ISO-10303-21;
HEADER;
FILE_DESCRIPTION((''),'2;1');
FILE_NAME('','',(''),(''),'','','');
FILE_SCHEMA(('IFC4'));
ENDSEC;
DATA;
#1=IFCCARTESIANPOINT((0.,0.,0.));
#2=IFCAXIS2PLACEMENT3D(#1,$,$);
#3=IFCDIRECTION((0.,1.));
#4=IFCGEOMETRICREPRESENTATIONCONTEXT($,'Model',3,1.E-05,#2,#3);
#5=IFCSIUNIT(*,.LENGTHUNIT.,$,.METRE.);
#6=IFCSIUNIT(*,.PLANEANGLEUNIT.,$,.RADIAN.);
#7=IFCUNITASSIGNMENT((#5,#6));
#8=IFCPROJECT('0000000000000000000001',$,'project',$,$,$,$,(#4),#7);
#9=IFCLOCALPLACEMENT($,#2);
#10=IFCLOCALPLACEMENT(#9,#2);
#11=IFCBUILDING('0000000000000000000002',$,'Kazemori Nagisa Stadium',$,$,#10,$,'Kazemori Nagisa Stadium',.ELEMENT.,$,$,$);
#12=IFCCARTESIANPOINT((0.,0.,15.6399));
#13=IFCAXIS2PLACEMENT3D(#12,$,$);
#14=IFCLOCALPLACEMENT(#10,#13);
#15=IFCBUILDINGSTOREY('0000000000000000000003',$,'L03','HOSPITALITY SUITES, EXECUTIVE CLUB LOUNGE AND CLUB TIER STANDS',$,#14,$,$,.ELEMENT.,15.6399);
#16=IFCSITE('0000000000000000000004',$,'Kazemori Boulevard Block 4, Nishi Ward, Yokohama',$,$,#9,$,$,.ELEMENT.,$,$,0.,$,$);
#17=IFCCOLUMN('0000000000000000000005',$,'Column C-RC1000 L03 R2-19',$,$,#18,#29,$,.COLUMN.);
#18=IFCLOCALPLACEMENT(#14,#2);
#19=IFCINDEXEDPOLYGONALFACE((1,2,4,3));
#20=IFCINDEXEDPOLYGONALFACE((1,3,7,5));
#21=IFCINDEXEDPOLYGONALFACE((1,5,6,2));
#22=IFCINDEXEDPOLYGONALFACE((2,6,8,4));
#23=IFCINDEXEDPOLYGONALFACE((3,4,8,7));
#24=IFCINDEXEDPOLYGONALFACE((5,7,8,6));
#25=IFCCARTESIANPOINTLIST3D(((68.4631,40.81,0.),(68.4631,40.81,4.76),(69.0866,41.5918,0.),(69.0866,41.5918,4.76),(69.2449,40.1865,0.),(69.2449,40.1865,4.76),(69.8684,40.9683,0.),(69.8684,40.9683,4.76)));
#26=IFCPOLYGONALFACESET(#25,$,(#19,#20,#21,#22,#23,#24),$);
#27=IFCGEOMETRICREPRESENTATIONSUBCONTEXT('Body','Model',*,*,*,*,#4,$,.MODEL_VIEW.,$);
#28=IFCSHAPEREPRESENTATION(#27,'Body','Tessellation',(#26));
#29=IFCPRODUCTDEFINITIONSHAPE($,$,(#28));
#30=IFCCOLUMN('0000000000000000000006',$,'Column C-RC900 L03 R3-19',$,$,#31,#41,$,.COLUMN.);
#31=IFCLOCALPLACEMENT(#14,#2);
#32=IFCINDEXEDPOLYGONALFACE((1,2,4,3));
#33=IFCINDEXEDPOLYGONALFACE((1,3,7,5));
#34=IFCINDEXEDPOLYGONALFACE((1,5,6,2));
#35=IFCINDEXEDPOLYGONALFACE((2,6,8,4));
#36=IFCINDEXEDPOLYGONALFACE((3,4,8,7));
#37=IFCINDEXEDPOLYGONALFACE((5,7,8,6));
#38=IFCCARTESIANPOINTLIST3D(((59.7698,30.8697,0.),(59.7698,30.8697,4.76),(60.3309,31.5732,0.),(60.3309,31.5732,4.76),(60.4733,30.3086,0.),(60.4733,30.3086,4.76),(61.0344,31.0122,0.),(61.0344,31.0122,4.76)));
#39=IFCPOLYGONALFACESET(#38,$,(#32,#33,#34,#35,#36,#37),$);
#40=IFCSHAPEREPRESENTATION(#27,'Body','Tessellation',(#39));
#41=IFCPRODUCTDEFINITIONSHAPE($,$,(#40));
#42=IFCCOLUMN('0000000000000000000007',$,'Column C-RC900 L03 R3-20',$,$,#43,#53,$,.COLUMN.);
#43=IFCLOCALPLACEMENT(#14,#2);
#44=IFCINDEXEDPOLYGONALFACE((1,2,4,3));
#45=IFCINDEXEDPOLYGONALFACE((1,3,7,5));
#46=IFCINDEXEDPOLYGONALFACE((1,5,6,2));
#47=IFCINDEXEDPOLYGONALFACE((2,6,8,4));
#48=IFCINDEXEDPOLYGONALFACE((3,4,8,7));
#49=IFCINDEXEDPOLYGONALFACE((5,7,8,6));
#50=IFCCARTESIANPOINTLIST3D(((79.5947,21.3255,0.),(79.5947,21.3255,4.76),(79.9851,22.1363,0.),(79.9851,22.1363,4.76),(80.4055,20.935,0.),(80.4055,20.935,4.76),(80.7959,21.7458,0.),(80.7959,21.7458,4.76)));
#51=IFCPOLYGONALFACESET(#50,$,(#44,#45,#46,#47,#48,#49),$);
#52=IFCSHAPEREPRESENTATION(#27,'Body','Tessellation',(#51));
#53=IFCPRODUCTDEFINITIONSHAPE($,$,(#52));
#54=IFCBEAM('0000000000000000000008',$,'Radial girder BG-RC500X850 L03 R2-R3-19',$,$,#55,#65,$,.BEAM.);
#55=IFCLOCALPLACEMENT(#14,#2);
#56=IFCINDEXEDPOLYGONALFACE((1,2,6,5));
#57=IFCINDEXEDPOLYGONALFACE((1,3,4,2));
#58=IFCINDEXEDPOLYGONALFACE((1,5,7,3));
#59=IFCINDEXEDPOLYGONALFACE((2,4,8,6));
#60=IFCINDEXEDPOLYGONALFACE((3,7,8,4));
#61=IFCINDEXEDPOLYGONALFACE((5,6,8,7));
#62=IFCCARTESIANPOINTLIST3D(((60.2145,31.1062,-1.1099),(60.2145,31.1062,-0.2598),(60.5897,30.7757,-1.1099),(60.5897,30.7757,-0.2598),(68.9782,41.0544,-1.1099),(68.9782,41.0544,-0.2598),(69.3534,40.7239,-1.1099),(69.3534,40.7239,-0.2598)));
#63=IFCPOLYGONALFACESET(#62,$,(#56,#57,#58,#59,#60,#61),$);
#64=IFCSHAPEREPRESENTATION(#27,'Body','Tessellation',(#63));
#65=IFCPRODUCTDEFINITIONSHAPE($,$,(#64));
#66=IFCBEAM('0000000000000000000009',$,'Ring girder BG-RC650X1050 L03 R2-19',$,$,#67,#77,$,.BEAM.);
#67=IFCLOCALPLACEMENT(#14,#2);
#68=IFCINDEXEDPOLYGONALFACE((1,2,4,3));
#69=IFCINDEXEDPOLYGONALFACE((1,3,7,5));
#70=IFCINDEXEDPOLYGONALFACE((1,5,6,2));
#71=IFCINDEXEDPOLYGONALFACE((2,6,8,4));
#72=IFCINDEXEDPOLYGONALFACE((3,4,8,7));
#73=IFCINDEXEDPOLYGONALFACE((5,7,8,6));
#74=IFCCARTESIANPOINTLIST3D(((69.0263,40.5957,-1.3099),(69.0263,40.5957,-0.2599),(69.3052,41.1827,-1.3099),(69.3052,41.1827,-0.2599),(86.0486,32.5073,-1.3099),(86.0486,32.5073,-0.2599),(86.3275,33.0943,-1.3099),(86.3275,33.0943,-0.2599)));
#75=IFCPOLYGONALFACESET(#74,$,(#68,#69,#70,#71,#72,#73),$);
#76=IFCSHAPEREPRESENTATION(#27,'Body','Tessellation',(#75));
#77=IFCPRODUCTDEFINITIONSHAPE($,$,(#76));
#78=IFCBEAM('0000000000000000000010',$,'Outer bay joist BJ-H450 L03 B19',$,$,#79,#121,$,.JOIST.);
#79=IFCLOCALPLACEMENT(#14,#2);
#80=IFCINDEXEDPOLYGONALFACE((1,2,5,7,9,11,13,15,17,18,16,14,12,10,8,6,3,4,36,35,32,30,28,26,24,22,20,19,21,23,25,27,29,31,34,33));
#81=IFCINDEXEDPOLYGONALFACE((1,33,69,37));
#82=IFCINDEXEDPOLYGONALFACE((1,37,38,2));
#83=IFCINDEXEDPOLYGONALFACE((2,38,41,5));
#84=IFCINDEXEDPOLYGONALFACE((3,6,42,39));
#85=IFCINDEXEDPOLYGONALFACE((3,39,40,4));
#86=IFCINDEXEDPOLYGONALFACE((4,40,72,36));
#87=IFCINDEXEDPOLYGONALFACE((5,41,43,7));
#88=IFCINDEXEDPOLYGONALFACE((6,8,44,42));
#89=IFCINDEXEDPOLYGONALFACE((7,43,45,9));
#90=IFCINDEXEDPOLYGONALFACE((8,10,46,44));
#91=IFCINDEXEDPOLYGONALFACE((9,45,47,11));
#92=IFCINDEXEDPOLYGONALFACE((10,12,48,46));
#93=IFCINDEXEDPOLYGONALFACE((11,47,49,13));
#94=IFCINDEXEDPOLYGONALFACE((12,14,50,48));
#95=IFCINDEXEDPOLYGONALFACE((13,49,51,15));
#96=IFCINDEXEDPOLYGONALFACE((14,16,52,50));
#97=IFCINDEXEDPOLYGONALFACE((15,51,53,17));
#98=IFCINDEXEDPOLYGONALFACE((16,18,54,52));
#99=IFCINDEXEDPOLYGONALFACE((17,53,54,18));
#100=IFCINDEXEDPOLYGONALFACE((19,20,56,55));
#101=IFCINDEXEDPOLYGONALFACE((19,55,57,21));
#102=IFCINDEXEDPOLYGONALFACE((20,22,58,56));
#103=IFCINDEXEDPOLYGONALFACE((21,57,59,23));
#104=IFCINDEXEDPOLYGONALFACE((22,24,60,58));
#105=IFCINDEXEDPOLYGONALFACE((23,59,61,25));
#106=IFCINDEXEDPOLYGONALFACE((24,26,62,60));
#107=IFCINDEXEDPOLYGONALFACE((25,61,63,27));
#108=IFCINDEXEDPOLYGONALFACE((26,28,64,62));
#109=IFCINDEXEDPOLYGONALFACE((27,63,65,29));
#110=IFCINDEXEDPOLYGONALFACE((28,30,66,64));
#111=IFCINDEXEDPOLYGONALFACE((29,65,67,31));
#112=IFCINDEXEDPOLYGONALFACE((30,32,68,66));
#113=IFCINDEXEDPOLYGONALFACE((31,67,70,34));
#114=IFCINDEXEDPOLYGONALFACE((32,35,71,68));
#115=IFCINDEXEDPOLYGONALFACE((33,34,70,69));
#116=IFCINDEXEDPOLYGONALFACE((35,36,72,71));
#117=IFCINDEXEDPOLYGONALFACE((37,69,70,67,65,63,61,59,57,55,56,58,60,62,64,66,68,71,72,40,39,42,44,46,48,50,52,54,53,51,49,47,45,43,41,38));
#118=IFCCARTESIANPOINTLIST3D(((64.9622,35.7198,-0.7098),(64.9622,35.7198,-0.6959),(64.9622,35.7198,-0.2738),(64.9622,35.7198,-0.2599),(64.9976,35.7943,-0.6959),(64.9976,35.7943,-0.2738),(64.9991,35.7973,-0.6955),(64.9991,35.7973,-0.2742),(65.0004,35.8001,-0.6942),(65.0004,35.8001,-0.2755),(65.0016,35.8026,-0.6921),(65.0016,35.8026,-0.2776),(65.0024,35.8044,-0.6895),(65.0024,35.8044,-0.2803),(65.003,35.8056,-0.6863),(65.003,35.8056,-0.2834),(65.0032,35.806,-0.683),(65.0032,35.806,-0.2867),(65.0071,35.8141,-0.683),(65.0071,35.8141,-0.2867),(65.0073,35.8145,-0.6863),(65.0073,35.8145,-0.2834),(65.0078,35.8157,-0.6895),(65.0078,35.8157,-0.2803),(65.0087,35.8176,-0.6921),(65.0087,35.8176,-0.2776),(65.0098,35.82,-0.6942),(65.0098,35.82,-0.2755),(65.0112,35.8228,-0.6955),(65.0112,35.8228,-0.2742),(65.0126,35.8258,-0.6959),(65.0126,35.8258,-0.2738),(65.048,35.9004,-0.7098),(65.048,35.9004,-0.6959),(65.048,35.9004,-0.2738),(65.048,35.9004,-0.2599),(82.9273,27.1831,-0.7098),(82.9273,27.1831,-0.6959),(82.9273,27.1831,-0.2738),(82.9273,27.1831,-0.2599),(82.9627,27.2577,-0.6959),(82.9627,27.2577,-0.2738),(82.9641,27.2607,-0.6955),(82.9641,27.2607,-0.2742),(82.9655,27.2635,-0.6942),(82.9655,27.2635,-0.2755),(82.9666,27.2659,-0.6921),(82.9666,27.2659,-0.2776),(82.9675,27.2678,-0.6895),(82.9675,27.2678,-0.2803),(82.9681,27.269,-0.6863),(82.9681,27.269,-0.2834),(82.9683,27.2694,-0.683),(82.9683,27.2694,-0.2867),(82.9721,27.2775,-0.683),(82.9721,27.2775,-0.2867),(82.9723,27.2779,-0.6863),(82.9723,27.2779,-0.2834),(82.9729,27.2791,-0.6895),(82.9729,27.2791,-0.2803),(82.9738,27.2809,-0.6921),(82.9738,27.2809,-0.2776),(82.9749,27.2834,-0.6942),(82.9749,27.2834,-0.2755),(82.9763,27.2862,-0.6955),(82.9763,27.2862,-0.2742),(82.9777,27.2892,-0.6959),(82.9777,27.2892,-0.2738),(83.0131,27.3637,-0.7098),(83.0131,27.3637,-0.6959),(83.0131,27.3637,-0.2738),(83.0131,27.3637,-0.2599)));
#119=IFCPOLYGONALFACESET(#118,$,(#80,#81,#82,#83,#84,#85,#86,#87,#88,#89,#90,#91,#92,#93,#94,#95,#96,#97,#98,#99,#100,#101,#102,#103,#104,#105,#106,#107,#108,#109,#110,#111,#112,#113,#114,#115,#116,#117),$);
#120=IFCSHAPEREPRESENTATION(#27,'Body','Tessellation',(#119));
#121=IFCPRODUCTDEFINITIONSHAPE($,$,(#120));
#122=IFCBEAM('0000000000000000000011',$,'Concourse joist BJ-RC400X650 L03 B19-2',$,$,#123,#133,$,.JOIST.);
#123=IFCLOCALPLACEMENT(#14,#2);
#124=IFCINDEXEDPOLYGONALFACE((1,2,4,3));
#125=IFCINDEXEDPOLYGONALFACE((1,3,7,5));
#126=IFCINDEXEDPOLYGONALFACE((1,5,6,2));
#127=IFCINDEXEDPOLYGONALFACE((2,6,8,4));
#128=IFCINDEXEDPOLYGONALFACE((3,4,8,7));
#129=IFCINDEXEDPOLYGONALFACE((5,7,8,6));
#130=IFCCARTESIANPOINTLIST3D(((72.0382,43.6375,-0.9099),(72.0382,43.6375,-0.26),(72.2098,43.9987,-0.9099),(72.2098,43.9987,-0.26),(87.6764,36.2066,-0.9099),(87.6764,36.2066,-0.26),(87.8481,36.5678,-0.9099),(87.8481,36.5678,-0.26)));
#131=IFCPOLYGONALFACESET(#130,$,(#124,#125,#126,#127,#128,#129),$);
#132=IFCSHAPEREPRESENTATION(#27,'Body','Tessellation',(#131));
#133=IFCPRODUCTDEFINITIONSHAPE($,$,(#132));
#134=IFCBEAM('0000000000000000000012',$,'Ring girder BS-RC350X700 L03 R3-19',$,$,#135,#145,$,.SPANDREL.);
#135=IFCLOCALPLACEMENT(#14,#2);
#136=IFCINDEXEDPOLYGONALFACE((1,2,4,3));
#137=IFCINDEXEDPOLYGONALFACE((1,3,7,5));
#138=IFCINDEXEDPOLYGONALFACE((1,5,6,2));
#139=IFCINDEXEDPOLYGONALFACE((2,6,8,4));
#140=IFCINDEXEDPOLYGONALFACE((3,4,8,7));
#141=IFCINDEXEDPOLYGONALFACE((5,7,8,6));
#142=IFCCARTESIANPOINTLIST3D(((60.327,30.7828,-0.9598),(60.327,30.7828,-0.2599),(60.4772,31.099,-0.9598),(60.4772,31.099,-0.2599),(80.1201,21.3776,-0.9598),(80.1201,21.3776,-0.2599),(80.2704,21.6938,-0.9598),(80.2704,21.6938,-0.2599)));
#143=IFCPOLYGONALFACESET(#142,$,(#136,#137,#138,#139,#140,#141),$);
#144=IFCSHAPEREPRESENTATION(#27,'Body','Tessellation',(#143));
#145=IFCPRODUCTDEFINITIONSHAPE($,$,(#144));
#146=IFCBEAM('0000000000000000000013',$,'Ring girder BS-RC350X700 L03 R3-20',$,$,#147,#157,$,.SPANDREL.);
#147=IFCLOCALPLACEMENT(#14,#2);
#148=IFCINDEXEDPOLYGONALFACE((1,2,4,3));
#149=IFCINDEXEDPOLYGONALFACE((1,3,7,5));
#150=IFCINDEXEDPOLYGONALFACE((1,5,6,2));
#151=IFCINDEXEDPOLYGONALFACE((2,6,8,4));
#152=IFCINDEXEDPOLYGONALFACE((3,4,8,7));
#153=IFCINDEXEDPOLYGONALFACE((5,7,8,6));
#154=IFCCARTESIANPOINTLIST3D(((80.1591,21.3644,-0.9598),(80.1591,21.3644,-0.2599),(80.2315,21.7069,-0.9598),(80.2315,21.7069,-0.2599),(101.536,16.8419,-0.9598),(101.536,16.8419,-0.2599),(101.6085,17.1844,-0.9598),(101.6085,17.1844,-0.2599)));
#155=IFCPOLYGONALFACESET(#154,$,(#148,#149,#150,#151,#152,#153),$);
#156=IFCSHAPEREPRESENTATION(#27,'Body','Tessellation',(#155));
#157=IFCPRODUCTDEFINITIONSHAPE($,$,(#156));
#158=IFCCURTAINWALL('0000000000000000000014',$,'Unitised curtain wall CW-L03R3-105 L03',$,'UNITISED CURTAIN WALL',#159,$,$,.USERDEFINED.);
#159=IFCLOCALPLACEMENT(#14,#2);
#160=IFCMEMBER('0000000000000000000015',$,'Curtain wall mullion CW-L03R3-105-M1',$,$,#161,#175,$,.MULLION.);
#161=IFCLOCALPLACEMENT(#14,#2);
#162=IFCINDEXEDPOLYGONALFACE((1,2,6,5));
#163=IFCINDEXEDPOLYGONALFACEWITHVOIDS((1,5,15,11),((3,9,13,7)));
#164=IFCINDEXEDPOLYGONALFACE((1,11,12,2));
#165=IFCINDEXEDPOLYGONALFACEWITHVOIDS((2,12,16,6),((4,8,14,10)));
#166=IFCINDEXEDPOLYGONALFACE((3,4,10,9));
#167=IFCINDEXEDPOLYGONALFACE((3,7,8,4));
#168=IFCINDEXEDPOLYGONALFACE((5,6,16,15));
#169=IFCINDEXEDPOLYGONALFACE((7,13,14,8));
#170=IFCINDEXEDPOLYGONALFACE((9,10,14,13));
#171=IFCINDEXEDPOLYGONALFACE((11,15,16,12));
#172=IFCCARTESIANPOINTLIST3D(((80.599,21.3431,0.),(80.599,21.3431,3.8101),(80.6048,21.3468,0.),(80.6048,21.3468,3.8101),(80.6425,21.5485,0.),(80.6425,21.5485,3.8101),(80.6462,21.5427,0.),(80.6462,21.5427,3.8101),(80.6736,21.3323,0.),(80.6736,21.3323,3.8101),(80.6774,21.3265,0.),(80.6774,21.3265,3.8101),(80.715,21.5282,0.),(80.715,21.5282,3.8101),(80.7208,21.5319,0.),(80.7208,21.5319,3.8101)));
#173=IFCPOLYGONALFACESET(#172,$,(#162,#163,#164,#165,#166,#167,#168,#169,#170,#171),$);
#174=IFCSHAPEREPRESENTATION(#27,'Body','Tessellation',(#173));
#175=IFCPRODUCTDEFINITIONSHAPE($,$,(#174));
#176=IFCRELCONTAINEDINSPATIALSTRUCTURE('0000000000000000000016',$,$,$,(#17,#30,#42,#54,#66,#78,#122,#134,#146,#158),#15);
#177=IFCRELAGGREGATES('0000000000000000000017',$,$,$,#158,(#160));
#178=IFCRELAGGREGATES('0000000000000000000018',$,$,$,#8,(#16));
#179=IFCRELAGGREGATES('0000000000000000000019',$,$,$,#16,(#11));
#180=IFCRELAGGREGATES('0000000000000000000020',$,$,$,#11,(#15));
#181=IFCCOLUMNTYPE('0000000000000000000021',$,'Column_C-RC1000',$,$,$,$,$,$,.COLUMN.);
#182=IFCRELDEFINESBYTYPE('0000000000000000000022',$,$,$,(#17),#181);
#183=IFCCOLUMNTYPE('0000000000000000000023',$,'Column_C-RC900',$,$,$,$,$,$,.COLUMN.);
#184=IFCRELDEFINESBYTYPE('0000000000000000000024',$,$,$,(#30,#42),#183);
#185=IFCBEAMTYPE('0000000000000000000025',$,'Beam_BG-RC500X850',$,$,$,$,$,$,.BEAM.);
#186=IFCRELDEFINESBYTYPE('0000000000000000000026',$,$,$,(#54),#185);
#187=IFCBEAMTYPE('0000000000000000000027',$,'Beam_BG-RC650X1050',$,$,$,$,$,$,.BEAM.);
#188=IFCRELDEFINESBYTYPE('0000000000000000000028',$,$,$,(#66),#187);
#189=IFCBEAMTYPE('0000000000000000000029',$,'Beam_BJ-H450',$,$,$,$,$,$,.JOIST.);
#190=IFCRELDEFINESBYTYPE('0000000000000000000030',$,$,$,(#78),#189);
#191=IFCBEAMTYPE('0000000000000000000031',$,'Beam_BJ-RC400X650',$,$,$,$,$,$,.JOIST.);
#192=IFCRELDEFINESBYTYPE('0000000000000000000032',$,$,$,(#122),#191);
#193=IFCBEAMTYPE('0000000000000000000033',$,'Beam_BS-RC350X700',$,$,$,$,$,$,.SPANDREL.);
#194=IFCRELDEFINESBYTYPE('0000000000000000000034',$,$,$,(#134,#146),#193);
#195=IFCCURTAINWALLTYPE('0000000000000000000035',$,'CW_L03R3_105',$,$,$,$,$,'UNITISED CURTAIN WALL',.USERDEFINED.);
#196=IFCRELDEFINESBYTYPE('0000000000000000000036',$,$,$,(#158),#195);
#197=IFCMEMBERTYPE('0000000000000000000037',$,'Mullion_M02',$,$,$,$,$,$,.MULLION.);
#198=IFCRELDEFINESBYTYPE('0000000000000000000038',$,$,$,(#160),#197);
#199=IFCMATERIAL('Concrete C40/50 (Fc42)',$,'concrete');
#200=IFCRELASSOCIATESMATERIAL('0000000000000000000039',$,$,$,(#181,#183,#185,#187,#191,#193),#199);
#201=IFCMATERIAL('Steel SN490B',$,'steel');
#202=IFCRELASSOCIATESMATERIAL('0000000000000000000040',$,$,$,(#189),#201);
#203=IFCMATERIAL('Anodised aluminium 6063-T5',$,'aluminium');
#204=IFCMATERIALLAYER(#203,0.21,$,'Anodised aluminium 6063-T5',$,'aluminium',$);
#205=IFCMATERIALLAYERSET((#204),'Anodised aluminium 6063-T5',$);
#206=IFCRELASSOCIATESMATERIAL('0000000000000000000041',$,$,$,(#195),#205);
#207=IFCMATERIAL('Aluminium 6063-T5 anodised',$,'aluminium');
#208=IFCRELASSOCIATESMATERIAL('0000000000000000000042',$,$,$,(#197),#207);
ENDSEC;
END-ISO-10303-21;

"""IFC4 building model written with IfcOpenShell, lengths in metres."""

from ifc_helpers import new_model, si_unit, direction, frame, origin, origin_2d, place, context, subcontext, project, spatial, rectangle, hollow_rectangle, i_section, extrude, material, layer, layer_set, material_profile, profile_set, type_object, element, aggregate, save


model = new_model("IFC4")

# Units and contexts
model_context = context("Model", 3, precision=1e-05, world=origin(), true_north=direction((0.0, 1.0)))
body_context = subcontext(model_context, "Body", "Model", "MODEL_VIEW")
ifc_project = project(units=[si_unit("LENGTHUNIT", "METRE"), si_unit("PLANEANGLEUNIT", "RADIAN")], contexts=[model_context])

# Site, building, storey
site_placement = place(None, origin())
site = spatial("IfcSite", under=ifc_project, at=site_placement, Name="Kazemori Boulevard Block 4, Nishi Ward, Yokohama", CompositionType="ELEMENT", RefElevation=0.0)
building_placement = place(site_placement, origin())
building = spatial("IfcBuilding", under=site, at=building_placement, Name="Kazemori Nagisa Stadium", LongName="Kazemori Nagisa Stadium", CompositionType="ELEMENT")
storey_placement = place(building_placement, frame((0.0, 0.0, 15.6399)))
storey = spatial("IfcBuildingStorey", under=building, at=storey_placement, Name="L03", Description="HOSPITALITY SUITES, EXECUTIVE CLUB LOUNGE AND CLUB TIER STANDS", CompositionType="ELEMENT", Elevation=15.6399)

# Columns
ifc_material_1 = material(Name="Concrete C40/50 (Fc42)", Category="concrete")
ifc_material_profile_1 = material_profile(ifc_material_1, rectangle(XDim=1.0, YDim=1.0, at=origin_2d()), Name="RC-COL-1000x1000")
ifc_profile_set_1 = profile_set([ifc_material_profile_1], Name="Concrete C40/50 (Fc42)")
column_type_1 = type_object("IfcColumnType", Name="Column_C-RC1000", PredefinedType="COLUMN", material=ifc_profile_set_1)
column_placement = place(storey_placement, frame((69.1658, 40.8892, 0.0), z_axis=(0.0, 0.0, 1.0), x_axis=(-0.62349, -0.781831, 0.0)))
element("IfcColumn", 1, at=column_placement, inside=storey, type_object=column_type_1, Name="Column C-RC1000 L03 R2-19", PredefinedType="COLUMN", context=body_context, shape_type="SweptSolid", body=[
    extrude(rectangle(XDim=1.0, YDim=1.0, at=origin_2d()), origin(), (0.0, 0.0, 1.0), 4.76),
])
ifc_material_profile_2 = material_profile(ifc_material_1, rectangle(XDim=0.8999, YDim=0.8999, at=origin_2d()), Name="RC-COL-900x900")
ifc_profile_set_2 = profile_set([ifc_material_profile_2], Name="Concrete C40/50 (Fc42)")
column_type_2 = type_object("IfcColumnType", Name="Column_C-RC900", PredefinedType="COLUMN", material=ifc_profile_set_2)
for number, where, z_axis, x_axis, name in (
    (2, (60.4021, 30.9409, 0.0), (0.0, 0.0, 1.0), (-0.62349, -0.781831, 0.0), "Column C-RC900 L03 R3-19"),
    (3, (80.1953, 21.5356, 0.0), (0.0, 0.0, 1.0), (-0.433884, -0.900969, 0.0), "Column C-RC900 L03 R3-20"),
):
    element("IfcColumn", number, at=place(storey_placement, frame(where, z_axis=z_axis, x_axis=x_axis)), inside=storey, type_object=column_type_2, Name=name, PredefinedType="COLUMN", context=body_context, shape_type="SweptSolid", body=[
        extrude(rectangle(XDim=0.8999, YDim=0.8999, at=origin_2d()), origin(), (0.0, 0.0, 1.0), 4.76),
    ])

# Beams
ifc_material_profile_3 = material_profile(ifc_material_1, rectangle(XDim=0.5, YDim=0.8501, at=origin_2d()), Name="RC-BM-500x850")
ifc_profile_set_3 = profile_set([ifc_material_profile_3], Name="Concrete C40/50 (Fc42)")
beam_type_1 = type_object("IfcBeamType", Name="Beam_BG-RC500X850", PredefinedType="BEAM", material=ifc_profile_set_3)
beam_1_placement = place(storey_placement, frame((69.1658, 40.8892, -0.6848), z_axis=(-0.66102, -0.750369, 0.0), x_axis=(0.750369, -0.66102, 0.0)))
element("IfcBeam", 4, at=beam_1_placement, inside=storey, type_object=beam_type_1, Name="Radial girder BG-RC500X850 L03 R2-R3-19", PredefinedType="BEAM", context=body_context, shape_type="SweptSolid", body=[
    extrude(rectangle(XDim=0.5, YDim=0.8501, at=origin_2d()), origin(), (0.0, 0.0, 1.0), 13.2578),
])
ifc_material_profile_4 = material_profile(ifc_material_1, rectangle(XDim=0.6499, YDim=1.05, at=origin_2d()), Name="RC-BM-650x1050")
ifc_profile_set_4 = profile_set([ifc_material_profile_4], Name="Concrete C40/50 (Fc42)")
beam_type_2 = type_object("IfcBeamType", Name="Beam_BG-RC650X1050", PredefinedType="BEAM", material=ifc_profile_set_4)
beam_2_placement = place(storey_placement, frame((69.1658, 40.8892, -0.7849), z_axis=(0.903219, -0.429179, 0.0), x_axis=(0.429179, 0.903219, 0.0)))
element("IfcBeam", 5, at=beam_2_placement, inside=storey, type_object=beam_type_2, Name="Ring girder BG-RC650X1050 L03 R2-19", PredefinedType="BEAM", context=body_context, shape_type="SweptSolid", body=[
    extrude(rectangle(XDim=0.6499, YDim=1.05, at=origin_2d()), origin(), (0.0, 0.0, 1.0), 18.8462),
])
ifc_material_2 = material(Name="Steel SN490B", Category="steel")
ifc_material_profile_5 = material_profile(ifc_material_2, i_section(OverallWidth=0.2, OverallDepth=0.45, WebThickness=0.009, FlangeThickness=0.0139, FilletRadius=0.0129, at=origin_2d()), Name="H-450x200x9x14")
ifc_profile_set_5 = profile_set([ifc_material_profile_5], Name="Steel SN490B")
beam_type_3 = type_object("IfcBeamType", Name="Beam_BJ-H450", PredefinedType="JOIST", material=ifc_profile_set_5)
beam_3_placement = place(storey_placement, frame((65.0051, 35.8101, -0.4849), z_axis=(0.903215, -0.429188, 0.0), x_axis=(0.429188, 0.903215, 0.0)))
element("IfcBeam", 6, at=beam_3_placement, inside=storey, type_object=beam_type_3, Name="Outer bay joist BJ-H450 L03 B19", PredefinedType="JOIST", context=body_context, shape_type="SweptSolid", body=[
    extrude(i_section(OverallWidth=0.2, OverallDepth=0.45, WebThickness=0.009, FlangeThickness=0.0139, FilletRadius=0.0129, at=origin_2d()), origin(), (0.0, 0.0, 1.0), 19.8901),
])
ifc_material_profile_6 = material_profile(ifc_material_1, rectangle(XDim=0.3999, YDim=0.6499, at=origin_2d()), Name="RC-BM-400x650")
ifc_profile_set_6 = profile_set([ifc_material_profile_6], Name="Concrete C40/50 (Fc42)")
beam_type_4 = type_object("IfcBeamType", Name="Beam_BJ-RC400X650", PredefinedType="JOIST", material=ifc_profile_set_6)
beam_4_placement = place(storey_placement, frame((72.124, 43.8181, -0.585), z_axis=(0.903215, -0.429187, 0.0), x_axis=(0.429187, 0.903215, 0.0)))
element("IfcBeam", 7, at=beam_4_placement, inside=storey, type_object=beam_type_4, Name="Concourse joist BJ-RC400X650 L03 B19-2", PredefinedType="JOIST", context=body_context, shape_type="SweptSolid", body=[
    extrude(rectangle(XDim=0.3999, YDim=0.6499, at=origin_2d()), origin(), (0.0, 0.0, 1.0), 17.314),
])
ifc_material_profile_7 = material_profile(ifc_material_1, rectangle(XDim=0.3501, YDim=0.7, at=origin_2d()), Name="RC-SP-350x700")
ifc_profile_set_7 = profile_set([ifc_material_profile_7], Name="Concrete C40/50 (Fc42)")
beam_type_5 = type_object("IfcBeamType", Name="Beam_BS-RC350X700", PredefinedType="SPANDREL", material=ifc_profile_set_7)
beam_5_placement = place(storey_placement, frame((60.4021, 30.9409, -0.6099), z_axis=(0.903216, -0.429187, 0.0), x_axis=(0.429187, 0.903216, 0.0)))
element("IfcBeam", 8, at=beam_5_placement, inside=storey, type_object=beam_type_5, Name="Ring girder BS-RC350X700 L03 R3-19", PredefinedType="SPANDREL", context=body_context, shape_type="SweptSolid", body=[
    extrude(rectangle(XDim=0.3501, YDim=0.7, at=origin_2d()), origin(), (0.0, 0.0, 1.0), 21.9141),
])
beam_6_placement = place(storey_placement, frame((80.1953, 21.5356, -0.6099), z_axis=(0.978346, -0.206977, 0.0), x_axis=(0.206977, 0.978346, 0.0)))
element("IfcBeam", 9, at=beam_6_placement, inside=storey, type_object=beam_type_5, Name="Ring girder BS-RC350X700 L03 R3-20", PredefinedType="SPANDREL", context=body_context, shape_type="SweptSolid", body=[
    extrude(rectangle(XDim=0.3501, YDim=0.7, at=origin_2d()), origin(), (0.0, 0.0, 1.0), 21.8501),
])

# Curtain wall, member
ifc_material_3 = material(Name="Anodised aluminium 6063-T5", Category="aluminium")
ifc_layer_1 = layer(ifc_material_3, 0.21, Name="Anodised aluminium 6063-T5", Category="aluminium")
ifc_layer_set_1 = layer_set([ifc_layer_1], Name="Anodised aluminium 6063-T5")
curtain_wall_type = type_object("IfcCurtainWallType", Name="CW_L03R3_105", ElementType="UNITISED CURTAIN WALL", PredefinedType="USERDEFINED", material=ifc_layer_set_1)
curtain_wall_placement = place(storey_placement, origin())
curtain_wall = element("IfcCurtainWall", 10, at=curtain_wall_placement, inside=storey, type_object=curtain_wall_type, Name="Unitised curtain wall CW-L03R3-105 L03", ObjectType="UNITISED CURTAIN WALL", PredefinedType="USERDEFINED")
ifc_material_4 = material(Name="Aluminium 6063-T5 anodised", Category="aluminium")
ifc_material_profile_8 = material_profile(ifc_material_4, hollow_rectangle(XDim=0.0801, YDim=0.21, WallThickness=0.0049, at=origin_2d()), Name="ALU-MULL-80x210x5")
ifc_profile_set_8 = profile_set([ifc_material_profile_8], Name="Aluminium 6063-T5 anodised")
member_type = type_object("IfcMemberType", Name="Mullion_M02", PredefinedType="MULLION", material=ifc_profile_set_8)
member_placement = place(storey_placement, frame((80.6599, 21.4375, 0.0), z_axis=(0.0, 0.0, 1.0), x_axis=(0.978345, -0.206981, 0.0)))
member = element("IfcMember", 11, at=member_placement, type_object=member_type, Name="Curtain wall mullion CW-L03R3-105-M1", PredefinedType="MULLION", context=body_context, shape_type="SweptSolid", body=[
    extrude(hollow_rectangle(XDim=0.0801, YDim=0.21, WallThickness=0.0049, at=origin_2d()), origin(), (0.0, 0.0, 1.0), 3.8101),
])
aggregate(curtain_wall, [member])

save(model, "model.ifc")
